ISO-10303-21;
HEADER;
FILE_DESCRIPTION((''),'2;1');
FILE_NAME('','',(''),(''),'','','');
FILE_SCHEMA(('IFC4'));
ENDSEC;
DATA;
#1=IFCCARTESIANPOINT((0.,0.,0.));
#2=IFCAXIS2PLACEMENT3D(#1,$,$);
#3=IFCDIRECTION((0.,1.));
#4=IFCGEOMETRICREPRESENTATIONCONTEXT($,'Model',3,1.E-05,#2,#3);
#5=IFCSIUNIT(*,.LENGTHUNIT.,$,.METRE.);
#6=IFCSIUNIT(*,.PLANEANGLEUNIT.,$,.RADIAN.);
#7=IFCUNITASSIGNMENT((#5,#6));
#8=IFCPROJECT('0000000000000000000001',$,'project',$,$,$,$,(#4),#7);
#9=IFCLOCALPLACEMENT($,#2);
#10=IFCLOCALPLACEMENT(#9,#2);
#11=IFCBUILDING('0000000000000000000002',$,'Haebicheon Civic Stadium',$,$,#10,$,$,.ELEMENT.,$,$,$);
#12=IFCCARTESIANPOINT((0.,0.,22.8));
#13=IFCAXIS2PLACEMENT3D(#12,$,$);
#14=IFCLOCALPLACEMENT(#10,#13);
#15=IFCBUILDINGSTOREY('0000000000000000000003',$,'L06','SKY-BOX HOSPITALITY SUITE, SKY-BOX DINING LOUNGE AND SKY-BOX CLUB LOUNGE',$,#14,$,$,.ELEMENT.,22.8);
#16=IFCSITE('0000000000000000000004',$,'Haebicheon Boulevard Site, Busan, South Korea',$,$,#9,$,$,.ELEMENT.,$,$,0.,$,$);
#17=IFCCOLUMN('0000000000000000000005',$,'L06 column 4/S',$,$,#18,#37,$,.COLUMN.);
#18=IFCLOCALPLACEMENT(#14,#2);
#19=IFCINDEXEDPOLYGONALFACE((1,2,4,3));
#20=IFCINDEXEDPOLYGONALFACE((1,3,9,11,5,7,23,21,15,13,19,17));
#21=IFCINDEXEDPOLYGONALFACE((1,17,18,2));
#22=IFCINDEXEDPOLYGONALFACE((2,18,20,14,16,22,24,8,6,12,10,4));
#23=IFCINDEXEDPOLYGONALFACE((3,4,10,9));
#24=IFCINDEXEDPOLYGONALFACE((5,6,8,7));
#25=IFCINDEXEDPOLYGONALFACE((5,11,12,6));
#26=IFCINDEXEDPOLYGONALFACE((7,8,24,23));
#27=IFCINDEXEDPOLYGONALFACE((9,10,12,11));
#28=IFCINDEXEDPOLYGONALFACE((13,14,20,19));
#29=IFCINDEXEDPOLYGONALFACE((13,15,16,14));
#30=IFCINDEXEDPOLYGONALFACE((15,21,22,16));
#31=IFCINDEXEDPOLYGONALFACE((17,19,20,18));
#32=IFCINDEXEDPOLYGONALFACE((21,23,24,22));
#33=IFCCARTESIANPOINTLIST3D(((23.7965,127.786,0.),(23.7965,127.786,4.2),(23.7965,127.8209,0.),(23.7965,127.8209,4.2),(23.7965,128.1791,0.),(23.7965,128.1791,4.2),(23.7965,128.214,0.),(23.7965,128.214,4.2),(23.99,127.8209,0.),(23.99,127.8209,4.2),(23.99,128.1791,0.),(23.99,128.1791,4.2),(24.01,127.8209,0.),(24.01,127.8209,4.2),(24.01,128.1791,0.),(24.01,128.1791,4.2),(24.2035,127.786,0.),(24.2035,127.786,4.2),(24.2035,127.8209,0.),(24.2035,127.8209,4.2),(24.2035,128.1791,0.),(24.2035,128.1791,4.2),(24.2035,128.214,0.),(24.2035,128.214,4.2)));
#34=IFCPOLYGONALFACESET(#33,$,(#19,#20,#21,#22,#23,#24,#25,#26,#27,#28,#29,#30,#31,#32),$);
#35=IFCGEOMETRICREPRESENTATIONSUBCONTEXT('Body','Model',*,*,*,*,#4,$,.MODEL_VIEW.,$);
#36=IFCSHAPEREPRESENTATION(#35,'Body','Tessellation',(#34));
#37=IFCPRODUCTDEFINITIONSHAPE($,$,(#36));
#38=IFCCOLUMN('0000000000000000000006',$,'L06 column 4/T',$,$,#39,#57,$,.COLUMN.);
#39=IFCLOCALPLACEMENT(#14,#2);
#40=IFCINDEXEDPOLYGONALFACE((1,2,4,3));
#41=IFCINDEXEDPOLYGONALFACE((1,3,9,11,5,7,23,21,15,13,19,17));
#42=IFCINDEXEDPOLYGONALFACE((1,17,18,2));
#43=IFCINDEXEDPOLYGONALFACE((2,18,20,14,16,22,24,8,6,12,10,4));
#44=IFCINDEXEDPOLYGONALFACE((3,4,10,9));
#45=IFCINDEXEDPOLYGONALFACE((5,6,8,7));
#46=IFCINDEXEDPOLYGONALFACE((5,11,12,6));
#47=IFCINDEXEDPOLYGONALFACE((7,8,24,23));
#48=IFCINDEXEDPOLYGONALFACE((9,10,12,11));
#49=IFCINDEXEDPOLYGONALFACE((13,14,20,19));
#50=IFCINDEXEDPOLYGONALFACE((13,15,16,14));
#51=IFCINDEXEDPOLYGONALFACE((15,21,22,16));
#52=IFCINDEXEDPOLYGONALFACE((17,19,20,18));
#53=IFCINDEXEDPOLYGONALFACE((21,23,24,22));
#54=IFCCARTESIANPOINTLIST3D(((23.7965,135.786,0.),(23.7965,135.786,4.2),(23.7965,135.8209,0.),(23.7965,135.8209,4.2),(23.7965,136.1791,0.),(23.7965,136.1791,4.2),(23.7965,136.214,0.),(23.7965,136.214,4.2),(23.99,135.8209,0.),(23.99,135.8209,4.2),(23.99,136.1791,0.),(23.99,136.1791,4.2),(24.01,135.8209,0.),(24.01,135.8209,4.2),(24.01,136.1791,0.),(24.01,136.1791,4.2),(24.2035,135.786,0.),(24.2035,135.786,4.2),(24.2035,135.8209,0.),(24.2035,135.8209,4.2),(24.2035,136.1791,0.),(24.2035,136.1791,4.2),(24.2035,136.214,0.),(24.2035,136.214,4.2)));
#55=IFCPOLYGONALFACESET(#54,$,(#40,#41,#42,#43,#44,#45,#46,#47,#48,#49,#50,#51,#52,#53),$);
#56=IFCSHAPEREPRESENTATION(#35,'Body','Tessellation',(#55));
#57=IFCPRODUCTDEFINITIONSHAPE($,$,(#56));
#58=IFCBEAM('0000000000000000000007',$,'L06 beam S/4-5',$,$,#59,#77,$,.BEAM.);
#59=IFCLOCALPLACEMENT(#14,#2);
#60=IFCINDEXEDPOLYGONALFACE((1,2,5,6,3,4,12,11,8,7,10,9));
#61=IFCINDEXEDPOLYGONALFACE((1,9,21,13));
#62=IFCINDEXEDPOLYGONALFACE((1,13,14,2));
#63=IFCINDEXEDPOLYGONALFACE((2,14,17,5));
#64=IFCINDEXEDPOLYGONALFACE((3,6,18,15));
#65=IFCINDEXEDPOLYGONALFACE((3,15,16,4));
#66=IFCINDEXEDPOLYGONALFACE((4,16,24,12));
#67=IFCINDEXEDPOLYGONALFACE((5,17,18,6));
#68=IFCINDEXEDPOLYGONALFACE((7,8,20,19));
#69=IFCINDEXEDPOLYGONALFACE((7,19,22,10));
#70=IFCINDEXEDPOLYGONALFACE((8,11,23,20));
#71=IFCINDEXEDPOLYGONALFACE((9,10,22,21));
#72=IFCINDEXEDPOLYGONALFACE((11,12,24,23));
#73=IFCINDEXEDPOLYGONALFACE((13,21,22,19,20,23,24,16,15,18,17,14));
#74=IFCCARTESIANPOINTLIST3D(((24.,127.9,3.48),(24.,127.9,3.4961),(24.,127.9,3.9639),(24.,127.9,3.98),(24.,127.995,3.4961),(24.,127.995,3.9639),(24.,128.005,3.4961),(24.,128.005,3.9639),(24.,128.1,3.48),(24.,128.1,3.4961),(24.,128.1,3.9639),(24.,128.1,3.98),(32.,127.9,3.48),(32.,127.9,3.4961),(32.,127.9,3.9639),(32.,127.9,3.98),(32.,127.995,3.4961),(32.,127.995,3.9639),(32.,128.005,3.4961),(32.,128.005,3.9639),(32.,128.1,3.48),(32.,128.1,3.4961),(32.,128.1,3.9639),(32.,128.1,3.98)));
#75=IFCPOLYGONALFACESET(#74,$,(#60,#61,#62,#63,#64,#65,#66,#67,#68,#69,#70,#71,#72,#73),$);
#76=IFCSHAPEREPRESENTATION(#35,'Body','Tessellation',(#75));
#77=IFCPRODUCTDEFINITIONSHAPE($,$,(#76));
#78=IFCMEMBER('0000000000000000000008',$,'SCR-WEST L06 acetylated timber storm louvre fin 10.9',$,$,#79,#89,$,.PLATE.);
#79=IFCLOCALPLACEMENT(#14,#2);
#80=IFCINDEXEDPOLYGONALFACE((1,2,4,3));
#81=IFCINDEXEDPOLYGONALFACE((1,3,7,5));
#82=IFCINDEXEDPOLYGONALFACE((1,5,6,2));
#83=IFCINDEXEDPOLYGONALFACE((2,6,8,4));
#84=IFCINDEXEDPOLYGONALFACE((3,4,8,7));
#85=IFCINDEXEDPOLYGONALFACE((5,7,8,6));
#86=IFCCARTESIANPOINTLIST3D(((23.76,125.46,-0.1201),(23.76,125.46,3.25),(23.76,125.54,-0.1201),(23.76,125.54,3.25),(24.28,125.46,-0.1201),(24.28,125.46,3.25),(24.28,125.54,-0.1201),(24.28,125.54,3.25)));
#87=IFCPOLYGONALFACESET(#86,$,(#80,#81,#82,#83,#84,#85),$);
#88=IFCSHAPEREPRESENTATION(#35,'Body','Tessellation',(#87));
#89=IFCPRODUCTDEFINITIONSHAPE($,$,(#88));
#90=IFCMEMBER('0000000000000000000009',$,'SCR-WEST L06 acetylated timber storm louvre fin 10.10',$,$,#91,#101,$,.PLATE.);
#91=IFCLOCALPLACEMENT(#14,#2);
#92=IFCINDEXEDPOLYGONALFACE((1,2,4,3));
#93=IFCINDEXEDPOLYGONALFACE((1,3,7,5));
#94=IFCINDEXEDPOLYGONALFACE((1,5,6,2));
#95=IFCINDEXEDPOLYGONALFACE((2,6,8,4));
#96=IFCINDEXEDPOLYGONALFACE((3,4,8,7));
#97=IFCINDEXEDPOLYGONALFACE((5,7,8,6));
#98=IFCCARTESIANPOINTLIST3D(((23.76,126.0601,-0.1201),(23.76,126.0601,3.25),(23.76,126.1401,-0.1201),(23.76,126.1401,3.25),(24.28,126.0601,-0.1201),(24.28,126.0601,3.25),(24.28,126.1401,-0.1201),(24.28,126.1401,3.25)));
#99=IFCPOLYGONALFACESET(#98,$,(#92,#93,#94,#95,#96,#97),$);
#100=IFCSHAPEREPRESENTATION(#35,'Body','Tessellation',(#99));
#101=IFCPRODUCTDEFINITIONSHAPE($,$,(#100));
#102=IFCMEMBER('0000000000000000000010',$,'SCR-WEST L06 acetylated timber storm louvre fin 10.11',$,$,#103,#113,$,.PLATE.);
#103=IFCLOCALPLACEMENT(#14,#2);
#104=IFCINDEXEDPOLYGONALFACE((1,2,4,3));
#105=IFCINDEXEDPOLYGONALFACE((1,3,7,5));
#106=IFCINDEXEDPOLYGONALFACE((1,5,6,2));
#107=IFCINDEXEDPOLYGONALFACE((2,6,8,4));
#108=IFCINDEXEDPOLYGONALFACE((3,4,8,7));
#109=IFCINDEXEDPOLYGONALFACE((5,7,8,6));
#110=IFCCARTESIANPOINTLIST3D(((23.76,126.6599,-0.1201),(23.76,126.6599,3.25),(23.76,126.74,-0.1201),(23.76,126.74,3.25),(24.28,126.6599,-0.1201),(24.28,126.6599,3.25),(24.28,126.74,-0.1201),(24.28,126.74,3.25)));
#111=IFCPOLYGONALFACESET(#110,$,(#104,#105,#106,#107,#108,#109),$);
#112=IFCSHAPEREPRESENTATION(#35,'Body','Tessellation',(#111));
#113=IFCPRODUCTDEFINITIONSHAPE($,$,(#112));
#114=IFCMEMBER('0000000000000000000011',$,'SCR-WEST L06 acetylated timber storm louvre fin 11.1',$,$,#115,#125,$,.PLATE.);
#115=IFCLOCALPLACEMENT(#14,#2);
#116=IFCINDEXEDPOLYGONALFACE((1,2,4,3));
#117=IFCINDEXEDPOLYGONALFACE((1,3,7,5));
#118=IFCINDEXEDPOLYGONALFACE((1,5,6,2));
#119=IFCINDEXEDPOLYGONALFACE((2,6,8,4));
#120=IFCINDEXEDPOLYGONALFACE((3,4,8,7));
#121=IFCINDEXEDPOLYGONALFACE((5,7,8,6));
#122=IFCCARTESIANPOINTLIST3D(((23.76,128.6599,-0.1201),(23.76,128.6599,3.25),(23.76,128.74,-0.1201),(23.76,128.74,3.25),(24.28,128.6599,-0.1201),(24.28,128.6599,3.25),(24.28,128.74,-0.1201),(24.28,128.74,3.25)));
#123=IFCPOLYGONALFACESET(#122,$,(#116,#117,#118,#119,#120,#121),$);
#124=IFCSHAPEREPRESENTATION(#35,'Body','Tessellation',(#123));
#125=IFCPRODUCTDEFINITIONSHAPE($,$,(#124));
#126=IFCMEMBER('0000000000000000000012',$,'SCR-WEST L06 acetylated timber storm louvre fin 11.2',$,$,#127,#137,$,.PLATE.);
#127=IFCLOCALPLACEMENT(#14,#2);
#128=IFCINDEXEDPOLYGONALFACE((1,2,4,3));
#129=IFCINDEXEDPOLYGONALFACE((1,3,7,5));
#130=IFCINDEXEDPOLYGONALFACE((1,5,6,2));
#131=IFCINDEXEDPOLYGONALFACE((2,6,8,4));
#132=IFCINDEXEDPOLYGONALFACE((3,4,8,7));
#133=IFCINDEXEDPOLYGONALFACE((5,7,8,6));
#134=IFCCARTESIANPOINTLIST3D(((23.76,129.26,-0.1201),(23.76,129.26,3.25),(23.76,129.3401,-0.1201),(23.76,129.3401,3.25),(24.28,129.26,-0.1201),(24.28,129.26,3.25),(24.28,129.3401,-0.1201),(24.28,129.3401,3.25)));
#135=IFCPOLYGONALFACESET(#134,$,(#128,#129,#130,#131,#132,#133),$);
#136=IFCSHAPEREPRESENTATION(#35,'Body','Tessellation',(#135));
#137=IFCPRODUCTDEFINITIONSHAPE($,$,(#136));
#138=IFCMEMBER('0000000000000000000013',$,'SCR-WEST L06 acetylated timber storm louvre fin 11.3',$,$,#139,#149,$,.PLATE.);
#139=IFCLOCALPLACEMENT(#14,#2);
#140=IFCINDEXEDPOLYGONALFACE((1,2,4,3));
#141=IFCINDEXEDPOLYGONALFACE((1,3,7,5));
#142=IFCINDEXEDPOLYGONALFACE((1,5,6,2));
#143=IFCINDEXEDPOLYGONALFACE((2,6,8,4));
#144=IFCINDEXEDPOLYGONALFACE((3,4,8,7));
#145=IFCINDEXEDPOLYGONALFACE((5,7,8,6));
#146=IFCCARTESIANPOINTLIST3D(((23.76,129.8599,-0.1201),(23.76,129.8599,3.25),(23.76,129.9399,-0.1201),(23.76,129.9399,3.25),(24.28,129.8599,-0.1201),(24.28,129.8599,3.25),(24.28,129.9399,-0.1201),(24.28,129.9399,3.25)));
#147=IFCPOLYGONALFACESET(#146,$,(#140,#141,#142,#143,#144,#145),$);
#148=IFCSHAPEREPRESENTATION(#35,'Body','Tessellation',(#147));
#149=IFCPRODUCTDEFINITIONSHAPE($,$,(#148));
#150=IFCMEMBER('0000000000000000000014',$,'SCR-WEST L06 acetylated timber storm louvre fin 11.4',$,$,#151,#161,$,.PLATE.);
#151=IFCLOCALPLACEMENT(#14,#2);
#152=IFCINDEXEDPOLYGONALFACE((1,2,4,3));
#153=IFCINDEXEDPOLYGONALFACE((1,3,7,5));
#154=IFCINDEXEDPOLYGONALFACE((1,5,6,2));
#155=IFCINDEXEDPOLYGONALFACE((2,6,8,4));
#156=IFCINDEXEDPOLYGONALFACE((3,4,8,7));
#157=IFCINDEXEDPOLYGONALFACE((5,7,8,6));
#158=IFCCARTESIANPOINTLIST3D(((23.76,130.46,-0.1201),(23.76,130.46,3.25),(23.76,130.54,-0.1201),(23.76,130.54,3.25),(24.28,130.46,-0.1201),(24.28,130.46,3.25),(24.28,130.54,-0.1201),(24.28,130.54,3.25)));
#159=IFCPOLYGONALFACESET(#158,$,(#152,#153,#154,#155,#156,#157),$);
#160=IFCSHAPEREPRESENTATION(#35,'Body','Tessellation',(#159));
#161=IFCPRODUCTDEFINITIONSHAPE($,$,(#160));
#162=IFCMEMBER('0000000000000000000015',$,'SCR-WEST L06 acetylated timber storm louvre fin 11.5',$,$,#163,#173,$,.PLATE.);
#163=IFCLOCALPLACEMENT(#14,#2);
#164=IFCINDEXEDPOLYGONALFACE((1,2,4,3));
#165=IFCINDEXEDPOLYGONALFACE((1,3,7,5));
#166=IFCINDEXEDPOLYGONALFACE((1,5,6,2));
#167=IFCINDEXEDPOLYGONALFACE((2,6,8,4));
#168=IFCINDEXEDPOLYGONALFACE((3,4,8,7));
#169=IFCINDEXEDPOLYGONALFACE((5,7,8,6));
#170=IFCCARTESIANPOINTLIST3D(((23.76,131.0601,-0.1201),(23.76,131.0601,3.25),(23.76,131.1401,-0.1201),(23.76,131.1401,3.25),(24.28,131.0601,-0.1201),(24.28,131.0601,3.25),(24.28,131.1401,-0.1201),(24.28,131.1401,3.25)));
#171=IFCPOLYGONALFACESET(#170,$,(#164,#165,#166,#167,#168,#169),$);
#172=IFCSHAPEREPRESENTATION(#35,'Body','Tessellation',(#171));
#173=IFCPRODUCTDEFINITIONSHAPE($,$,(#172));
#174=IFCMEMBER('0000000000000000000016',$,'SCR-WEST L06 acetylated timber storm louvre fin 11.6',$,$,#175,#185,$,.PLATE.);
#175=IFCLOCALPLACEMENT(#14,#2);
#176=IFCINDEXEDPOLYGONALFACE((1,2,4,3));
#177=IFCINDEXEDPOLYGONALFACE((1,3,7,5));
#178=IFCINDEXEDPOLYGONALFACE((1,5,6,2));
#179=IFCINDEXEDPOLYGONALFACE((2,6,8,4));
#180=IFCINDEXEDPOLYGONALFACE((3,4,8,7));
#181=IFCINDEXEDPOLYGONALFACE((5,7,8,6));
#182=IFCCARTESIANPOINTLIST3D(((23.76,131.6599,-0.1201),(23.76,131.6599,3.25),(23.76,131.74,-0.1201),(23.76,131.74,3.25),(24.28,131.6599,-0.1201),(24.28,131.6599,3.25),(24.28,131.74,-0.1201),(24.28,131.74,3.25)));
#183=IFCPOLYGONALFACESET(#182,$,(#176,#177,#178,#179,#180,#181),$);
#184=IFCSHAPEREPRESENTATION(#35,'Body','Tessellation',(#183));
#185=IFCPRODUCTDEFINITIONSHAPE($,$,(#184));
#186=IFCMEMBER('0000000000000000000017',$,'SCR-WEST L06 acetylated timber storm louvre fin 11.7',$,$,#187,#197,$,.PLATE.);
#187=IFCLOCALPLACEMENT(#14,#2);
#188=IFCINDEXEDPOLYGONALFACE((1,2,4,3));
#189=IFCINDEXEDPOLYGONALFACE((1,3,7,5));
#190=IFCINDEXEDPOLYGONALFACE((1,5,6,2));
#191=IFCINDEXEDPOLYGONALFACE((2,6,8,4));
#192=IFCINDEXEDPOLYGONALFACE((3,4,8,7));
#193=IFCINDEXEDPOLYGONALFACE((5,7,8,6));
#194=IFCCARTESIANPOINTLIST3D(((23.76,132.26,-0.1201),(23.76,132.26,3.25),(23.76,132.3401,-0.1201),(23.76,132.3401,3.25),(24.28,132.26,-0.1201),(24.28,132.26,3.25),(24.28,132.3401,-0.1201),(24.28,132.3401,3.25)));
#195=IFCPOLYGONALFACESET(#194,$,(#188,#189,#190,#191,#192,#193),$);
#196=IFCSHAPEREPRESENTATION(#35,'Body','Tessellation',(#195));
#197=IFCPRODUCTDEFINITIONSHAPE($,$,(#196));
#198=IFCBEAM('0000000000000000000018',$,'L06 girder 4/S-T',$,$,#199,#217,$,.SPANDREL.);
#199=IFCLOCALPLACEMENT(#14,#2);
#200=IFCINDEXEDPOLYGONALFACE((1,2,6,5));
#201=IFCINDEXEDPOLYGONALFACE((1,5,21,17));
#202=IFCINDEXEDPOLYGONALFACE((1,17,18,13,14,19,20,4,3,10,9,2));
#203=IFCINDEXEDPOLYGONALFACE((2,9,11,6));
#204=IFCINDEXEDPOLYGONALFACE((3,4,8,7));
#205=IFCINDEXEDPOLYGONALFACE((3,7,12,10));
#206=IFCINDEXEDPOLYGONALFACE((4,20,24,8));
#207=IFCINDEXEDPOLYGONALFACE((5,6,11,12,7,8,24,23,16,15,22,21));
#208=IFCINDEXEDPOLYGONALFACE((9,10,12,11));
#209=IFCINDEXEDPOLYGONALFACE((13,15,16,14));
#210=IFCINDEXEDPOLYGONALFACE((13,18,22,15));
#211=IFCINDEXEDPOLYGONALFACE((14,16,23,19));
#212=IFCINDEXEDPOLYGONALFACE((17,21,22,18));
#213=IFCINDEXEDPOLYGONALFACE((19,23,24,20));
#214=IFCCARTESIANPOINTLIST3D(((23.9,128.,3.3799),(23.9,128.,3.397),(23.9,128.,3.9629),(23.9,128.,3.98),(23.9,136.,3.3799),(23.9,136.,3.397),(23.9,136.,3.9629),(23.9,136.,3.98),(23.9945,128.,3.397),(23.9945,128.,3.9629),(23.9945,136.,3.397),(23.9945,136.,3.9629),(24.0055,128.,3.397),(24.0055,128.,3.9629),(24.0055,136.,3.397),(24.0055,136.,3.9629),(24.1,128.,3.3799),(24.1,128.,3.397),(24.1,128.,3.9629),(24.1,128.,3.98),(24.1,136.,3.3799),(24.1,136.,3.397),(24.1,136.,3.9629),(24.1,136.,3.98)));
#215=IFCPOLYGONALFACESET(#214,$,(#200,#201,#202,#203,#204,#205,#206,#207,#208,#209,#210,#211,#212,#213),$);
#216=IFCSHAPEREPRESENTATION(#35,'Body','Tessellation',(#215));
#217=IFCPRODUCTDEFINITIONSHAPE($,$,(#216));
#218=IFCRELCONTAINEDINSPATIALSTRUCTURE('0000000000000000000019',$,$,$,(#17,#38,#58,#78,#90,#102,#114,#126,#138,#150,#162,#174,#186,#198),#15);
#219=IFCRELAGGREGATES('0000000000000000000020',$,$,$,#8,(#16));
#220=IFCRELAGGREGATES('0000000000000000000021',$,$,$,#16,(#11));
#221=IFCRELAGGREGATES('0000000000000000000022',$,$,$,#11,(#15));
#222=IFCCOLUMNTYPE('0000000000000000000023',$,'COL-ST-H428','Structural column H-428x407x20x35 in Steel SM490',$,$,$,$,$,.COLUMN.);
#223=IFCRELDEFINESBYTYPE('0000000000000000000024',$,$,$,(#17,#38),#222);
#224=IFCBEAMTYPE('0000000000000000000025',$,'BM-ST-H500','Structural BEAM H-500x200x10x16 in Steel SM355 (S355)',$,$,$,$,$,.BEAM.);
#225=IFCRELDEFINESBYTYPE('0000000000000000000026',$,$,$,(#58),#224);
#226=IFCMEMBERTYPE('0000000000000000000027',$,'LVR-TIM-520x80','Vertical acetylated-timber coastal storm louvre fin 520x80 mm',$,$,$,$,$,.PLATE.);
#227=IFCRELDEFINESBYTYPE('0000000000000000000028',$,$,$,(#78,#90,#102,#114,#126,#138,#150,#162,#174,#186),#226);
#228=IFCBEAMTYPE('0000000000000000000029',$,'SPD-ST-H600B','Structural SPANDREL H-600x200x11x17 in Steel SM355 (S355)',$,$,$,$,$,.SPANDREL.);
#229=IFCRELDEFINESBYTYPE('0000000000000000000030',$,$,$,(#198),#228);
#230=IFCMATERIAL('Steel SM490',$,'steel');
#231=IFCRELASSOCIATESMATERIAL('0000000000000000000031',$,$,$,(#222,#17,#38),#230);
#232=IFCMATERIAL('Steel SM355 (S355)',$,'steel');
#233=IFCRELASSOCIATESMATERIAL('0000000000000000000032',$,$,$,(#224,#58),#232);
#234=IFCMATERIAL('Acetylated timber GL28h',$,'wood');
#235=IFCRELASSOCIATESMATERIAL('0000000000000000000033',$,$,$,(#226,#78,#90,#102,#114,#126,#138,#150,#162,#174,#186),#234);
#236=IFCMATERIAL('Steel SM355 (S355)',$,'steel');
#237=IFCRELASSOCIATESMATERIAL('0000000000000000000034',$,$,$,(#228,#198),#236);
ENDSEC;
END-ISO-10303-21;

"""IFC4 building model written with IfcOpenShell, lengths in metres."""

from ifc_helpers import new_model, si_unit, direction, frame, origin, origin_2d, place, context, subcontext, project, spatial, rectangle, i_section, extrude, material, material_profile, profile_set, type_object, element, save


model = new_model("IFC4")

# Units and contexts
model_context = context("Model", 3, precision=1e-05, world=origin(), true_north=direction((0.0, 1.0)))
body_context = subcontext(model_context, "Body", "Model", "MODEL_VIEW")
ifc_project = project(units=[si_unit("LENGTHUNIT", "METRE"), si_unit("PLANEANGLEUNIT", "RADIAN")], contexts=[model_context])

# Site, building, storey
site_placement = place(None, origin())
site = spatial("IfcSite", under=ifc_project, at=site_placement, Name="Haebicheon Boulevard Site, Busan, South Korea", CompositionType="ELEMENT", RefElevation=0.0)
building_placement = place(site_placement, origin())
building = spatial("IfcBuilding", under=site, at=building_placement, Name="Haebicheon Civic Stadium", CompositionType="ELEMENT")
storey_placement = place(building_placement, frame((0.0, 0.0, 22.8)))
storey = spatial("IfcBuildingStorey", under=building, at=storey_placement, Name="L06", Description="SKY-BOX HOSPITALITY SUITE, SKY-BOX DINING LOUNGE AND SKY-BOX CLUB LOUNGE", CompositionType="ELEMENT", Elevation=22.8)

# Columns
ifc_material_1 = material(Name="Steel SM490", Category="steel")
ifc_material_profile_1 = material_profile(ifc_material_1, i_section(OverallWidth=0.407, OverallDepth=0.428, WebThickness=0.02, FlangeThickness=0.0349, at=origin_2d()), Name="H-428x407x20x35")
ifc_profile_set_1 = profile_set([ifc_material_profile_1], Name="Steel SM490")
column_type = type_object("IfcColumnType", Name="COL-ST-H428", Description="Structural column H-428x407x20x35 in Steel SM490", PredefinedType="COLUMN", material=ifc_profile_set_1)
for number, where, z_axis, x_axis, name in (
    (1, (24.0, 128.0, 0.0), (0.0, 0.0, 1.0), (1.0, 0.0, 0.0), "L06 column 4/S"),
    (2, (24.0, 136.0, 0.0), (0.0, 0.0, 1.0), (1.0, 0.0, 0.0), "L06 column 4/T"),
):
    element("IfcColumn", number, at=place(storey_placement, frame(where, z_axis=z_axis, x_axis=x_axis)), inside=storey, type_object=column_type, material=ifc_profile_set_1, Name=name, PredefinedType="COLUMN", context=body_context, shape_type="SweptSolid", body=[
        extrude(i_section(OverallWidth=0.407, OverallDepth=0.428, WebThickness=0.02, FlangeThickness=0.0349, at=origin_2d()), origin(), (0.0, 0.0, 1.0), 4.2),
    ])

# Beam
ifc_material_2 = material(Name="Steel SM355 (S355)", Category="steel")
ifc_material_profile_2 = material_profile(ifc_material_2, i_section(OverallWidth=0.2, OverallDepth=0.5, WebThickness=0.01, FlangeThickness=0.0161, at=origin_2d()), Name="H-500x200x10x16")
ifc_profile_set_2 = profile_set([ifc_material_profile_2], Name="Steel SM355 (S355)")
beam_type_1 = type_object("IfcBeamType", Name="BM-ST-H500", Description="Structural BEAM H-500x200x10x16 in Steel SM355 (S355)", PredefinedType="BEAM", material=ifc_profile_set_2)
beam_placement = place(storey_placement, frame((24.0, 128.0, 3.73), z_axis=(1.0, 0.0, 0.0), x_axis=(0.0, 1.0, 0.0)))
element("IfcBeam", 3, at=beam_placement, inside=storey, type_object=beam_type_1, material=ifc_profile_set_2, Name="L06 beam S/4-5", PredefinedType="BEAM", context=body_context, shape_type="SweptSolid", body=[
    extrude(i_section(OverallWidth=0.2, OverallDepth=0.5, WebThickness=0.01, FlangeThickness=0.0161, at=origin_2d()), origin(), (0.0, 0.0, 1.0), 8.0),
])

# Members
ifc_material_3 = material(Name="Acetylated timber GL28h", Category="wood")
ifc_material_profile_3 = material_profile(ifc_material_3, rectangle(XDim=0.0801, YDim=0.52, at=origin_2d()), Name="TMB-LOUV-80x520")
ifc_profile_set_3 = profile_set([ifc_material_profile_3], Name="Acetylated timber GL28h")
member_type_1 = type_object("IfcMemberType", Name="LVR-TIM-520x80", Description="Vertical acetylated-timber coastal storm louvre fin 520x80 mm", PredefinedType="PLATE", material=ifc_profile_set_3)
for number, where, z_axis, x_axis, name in (
    (4, (24.02, 125.5, -0.1201), (0.0, 0.0, 1.0), (0.0, 1.0, 0.0), "SCR-WEST L06 acetylated timber storm louvre fin 10.9"),
    (5, (24.02, 126.1001, -0.1201), (0.0, 0.0, 1.0), (0.0, 1.0, 0.0), "SCR-WEST L06 acetylated timber storm louvre fin 10.10"),
    (6, (24.02, 126.7, -0.1201), (0.0, 0.0, 1.0), (0.0, 1.0, 0.0), "SCR-WEST L06 acetylated timber storm louvre fin 10.11"),
    (7, (24.02, 128.7, -0.1201), (0.0, 0.0, 1.0), (0.0, 1.0, 0.0), "SCR-WEST L06 acetylated timber storm louvre fin 11.1"),
    (8, (24.02, 129.3, -0.1201), (0.0, 0.0, 1.0), (0.0, 1.0, 0.0), "SCR-WEST L06 acetylated timber storm louvre fin 11.2"),
    (9, (24.02, 129.8999, -0.1201), (0.0, 0.0, 1.0), (0.0, 1.0, 0.0), "SCR-WEST L06 acetylated timber storm louvre fin 11.3"),
    (10, (24.02, 130.5, -0.1201), (0.0, 0.0, 1.0), (0.0, 1.0, 0.0), "SCR-WEST L06 acetylated timber storm louvre fin 11.4"),
    (11, (24.02, 131.1001, -0.1201), (0.0, 0.0, 1.0), (0.0, 1.0, 0.0), "SCR-WEST L06 acetylated timber storm louvre fin 11.5"),
    (12, (24.02, 131.7, -0.1201), (0.0, 0.0, 1.0), (0.0, 1.0, 0.0), "SCR-WEST L06 acetylated timber storm louvre fin 11.6"),
    (13, (24.02, 132.3, -0.1201), (0.0, 0.0, 1.0), (0.0, 1.0, 0.0), "SCR-WEST L06 acetylated timber storm louvre fin 11.7"),
):
    element("IfcMember", number, at=place(storey_placement, frame(where, z_axis=z_axis, x_axis=x_axis)), inside=storey, type_object=member_type_1, material=ifc_profile_set_3, Name=name, PredefinedType="PLATE", context=body_context, shape_type="SweptSolid", body=[
        extrude(rectangle(XDim=0.0801, YDim=0.52, at=origin_2d()), origin(), (0.0, 0.0, 1.0), 3.3701),
    ])

# Beam
ifc_material_4 = material(Name="Steel SM355 (S355)", Category="steel")
ifc_material_profile_4 = material_profile(ifc_material_4, i_section(OverallWidth=0.2, OverallDepth=0.6001, WebThickness=0.011, FlangeThickness=0.0171, at=origin_2d()), Name="H-600x200x11x17")
ifc_profile_set_4 = profile_set([ifc_material_profile_4], Name="Steel SM355 (S355)")
beam_type_2 = type_object("IfcBeamType", Name="SPD-ST-H600B", Description="Structural SPANDREL H-600x200x11x17 in Steel SM355 (S355)", PredefinedType="SPANDREL", material=ifc_profile_set_4)
for number, where, z_axis, x_axis, name in (
    (14, (24.0, 128.0, 3.6799), (0.0, 1.0, 0.0), (-1.0, 0.0, 0.0), "L06 girder 4/S-T"),
):
    element("IfcBeam", number, at=place(storey_placement, frame(where, z_axis=z_axis, x_axis=x_axis)), inside=storey, type_object=beam_type_2, material=ifc_profile_set_4, Name=name, PredefinedType="SPANDREL", context=body_context, shape_type="SweptSolid", body=[
        extrude(i_section(OverallWidth=0.2, OverallDepth=0.6001, WebThickness=0.011, FlangeThickness=0.0171, at=origin_2d()), origin(), (0.0, 0.0, 1.0), 8.0),
    ])

save(model, "model.ifc")
